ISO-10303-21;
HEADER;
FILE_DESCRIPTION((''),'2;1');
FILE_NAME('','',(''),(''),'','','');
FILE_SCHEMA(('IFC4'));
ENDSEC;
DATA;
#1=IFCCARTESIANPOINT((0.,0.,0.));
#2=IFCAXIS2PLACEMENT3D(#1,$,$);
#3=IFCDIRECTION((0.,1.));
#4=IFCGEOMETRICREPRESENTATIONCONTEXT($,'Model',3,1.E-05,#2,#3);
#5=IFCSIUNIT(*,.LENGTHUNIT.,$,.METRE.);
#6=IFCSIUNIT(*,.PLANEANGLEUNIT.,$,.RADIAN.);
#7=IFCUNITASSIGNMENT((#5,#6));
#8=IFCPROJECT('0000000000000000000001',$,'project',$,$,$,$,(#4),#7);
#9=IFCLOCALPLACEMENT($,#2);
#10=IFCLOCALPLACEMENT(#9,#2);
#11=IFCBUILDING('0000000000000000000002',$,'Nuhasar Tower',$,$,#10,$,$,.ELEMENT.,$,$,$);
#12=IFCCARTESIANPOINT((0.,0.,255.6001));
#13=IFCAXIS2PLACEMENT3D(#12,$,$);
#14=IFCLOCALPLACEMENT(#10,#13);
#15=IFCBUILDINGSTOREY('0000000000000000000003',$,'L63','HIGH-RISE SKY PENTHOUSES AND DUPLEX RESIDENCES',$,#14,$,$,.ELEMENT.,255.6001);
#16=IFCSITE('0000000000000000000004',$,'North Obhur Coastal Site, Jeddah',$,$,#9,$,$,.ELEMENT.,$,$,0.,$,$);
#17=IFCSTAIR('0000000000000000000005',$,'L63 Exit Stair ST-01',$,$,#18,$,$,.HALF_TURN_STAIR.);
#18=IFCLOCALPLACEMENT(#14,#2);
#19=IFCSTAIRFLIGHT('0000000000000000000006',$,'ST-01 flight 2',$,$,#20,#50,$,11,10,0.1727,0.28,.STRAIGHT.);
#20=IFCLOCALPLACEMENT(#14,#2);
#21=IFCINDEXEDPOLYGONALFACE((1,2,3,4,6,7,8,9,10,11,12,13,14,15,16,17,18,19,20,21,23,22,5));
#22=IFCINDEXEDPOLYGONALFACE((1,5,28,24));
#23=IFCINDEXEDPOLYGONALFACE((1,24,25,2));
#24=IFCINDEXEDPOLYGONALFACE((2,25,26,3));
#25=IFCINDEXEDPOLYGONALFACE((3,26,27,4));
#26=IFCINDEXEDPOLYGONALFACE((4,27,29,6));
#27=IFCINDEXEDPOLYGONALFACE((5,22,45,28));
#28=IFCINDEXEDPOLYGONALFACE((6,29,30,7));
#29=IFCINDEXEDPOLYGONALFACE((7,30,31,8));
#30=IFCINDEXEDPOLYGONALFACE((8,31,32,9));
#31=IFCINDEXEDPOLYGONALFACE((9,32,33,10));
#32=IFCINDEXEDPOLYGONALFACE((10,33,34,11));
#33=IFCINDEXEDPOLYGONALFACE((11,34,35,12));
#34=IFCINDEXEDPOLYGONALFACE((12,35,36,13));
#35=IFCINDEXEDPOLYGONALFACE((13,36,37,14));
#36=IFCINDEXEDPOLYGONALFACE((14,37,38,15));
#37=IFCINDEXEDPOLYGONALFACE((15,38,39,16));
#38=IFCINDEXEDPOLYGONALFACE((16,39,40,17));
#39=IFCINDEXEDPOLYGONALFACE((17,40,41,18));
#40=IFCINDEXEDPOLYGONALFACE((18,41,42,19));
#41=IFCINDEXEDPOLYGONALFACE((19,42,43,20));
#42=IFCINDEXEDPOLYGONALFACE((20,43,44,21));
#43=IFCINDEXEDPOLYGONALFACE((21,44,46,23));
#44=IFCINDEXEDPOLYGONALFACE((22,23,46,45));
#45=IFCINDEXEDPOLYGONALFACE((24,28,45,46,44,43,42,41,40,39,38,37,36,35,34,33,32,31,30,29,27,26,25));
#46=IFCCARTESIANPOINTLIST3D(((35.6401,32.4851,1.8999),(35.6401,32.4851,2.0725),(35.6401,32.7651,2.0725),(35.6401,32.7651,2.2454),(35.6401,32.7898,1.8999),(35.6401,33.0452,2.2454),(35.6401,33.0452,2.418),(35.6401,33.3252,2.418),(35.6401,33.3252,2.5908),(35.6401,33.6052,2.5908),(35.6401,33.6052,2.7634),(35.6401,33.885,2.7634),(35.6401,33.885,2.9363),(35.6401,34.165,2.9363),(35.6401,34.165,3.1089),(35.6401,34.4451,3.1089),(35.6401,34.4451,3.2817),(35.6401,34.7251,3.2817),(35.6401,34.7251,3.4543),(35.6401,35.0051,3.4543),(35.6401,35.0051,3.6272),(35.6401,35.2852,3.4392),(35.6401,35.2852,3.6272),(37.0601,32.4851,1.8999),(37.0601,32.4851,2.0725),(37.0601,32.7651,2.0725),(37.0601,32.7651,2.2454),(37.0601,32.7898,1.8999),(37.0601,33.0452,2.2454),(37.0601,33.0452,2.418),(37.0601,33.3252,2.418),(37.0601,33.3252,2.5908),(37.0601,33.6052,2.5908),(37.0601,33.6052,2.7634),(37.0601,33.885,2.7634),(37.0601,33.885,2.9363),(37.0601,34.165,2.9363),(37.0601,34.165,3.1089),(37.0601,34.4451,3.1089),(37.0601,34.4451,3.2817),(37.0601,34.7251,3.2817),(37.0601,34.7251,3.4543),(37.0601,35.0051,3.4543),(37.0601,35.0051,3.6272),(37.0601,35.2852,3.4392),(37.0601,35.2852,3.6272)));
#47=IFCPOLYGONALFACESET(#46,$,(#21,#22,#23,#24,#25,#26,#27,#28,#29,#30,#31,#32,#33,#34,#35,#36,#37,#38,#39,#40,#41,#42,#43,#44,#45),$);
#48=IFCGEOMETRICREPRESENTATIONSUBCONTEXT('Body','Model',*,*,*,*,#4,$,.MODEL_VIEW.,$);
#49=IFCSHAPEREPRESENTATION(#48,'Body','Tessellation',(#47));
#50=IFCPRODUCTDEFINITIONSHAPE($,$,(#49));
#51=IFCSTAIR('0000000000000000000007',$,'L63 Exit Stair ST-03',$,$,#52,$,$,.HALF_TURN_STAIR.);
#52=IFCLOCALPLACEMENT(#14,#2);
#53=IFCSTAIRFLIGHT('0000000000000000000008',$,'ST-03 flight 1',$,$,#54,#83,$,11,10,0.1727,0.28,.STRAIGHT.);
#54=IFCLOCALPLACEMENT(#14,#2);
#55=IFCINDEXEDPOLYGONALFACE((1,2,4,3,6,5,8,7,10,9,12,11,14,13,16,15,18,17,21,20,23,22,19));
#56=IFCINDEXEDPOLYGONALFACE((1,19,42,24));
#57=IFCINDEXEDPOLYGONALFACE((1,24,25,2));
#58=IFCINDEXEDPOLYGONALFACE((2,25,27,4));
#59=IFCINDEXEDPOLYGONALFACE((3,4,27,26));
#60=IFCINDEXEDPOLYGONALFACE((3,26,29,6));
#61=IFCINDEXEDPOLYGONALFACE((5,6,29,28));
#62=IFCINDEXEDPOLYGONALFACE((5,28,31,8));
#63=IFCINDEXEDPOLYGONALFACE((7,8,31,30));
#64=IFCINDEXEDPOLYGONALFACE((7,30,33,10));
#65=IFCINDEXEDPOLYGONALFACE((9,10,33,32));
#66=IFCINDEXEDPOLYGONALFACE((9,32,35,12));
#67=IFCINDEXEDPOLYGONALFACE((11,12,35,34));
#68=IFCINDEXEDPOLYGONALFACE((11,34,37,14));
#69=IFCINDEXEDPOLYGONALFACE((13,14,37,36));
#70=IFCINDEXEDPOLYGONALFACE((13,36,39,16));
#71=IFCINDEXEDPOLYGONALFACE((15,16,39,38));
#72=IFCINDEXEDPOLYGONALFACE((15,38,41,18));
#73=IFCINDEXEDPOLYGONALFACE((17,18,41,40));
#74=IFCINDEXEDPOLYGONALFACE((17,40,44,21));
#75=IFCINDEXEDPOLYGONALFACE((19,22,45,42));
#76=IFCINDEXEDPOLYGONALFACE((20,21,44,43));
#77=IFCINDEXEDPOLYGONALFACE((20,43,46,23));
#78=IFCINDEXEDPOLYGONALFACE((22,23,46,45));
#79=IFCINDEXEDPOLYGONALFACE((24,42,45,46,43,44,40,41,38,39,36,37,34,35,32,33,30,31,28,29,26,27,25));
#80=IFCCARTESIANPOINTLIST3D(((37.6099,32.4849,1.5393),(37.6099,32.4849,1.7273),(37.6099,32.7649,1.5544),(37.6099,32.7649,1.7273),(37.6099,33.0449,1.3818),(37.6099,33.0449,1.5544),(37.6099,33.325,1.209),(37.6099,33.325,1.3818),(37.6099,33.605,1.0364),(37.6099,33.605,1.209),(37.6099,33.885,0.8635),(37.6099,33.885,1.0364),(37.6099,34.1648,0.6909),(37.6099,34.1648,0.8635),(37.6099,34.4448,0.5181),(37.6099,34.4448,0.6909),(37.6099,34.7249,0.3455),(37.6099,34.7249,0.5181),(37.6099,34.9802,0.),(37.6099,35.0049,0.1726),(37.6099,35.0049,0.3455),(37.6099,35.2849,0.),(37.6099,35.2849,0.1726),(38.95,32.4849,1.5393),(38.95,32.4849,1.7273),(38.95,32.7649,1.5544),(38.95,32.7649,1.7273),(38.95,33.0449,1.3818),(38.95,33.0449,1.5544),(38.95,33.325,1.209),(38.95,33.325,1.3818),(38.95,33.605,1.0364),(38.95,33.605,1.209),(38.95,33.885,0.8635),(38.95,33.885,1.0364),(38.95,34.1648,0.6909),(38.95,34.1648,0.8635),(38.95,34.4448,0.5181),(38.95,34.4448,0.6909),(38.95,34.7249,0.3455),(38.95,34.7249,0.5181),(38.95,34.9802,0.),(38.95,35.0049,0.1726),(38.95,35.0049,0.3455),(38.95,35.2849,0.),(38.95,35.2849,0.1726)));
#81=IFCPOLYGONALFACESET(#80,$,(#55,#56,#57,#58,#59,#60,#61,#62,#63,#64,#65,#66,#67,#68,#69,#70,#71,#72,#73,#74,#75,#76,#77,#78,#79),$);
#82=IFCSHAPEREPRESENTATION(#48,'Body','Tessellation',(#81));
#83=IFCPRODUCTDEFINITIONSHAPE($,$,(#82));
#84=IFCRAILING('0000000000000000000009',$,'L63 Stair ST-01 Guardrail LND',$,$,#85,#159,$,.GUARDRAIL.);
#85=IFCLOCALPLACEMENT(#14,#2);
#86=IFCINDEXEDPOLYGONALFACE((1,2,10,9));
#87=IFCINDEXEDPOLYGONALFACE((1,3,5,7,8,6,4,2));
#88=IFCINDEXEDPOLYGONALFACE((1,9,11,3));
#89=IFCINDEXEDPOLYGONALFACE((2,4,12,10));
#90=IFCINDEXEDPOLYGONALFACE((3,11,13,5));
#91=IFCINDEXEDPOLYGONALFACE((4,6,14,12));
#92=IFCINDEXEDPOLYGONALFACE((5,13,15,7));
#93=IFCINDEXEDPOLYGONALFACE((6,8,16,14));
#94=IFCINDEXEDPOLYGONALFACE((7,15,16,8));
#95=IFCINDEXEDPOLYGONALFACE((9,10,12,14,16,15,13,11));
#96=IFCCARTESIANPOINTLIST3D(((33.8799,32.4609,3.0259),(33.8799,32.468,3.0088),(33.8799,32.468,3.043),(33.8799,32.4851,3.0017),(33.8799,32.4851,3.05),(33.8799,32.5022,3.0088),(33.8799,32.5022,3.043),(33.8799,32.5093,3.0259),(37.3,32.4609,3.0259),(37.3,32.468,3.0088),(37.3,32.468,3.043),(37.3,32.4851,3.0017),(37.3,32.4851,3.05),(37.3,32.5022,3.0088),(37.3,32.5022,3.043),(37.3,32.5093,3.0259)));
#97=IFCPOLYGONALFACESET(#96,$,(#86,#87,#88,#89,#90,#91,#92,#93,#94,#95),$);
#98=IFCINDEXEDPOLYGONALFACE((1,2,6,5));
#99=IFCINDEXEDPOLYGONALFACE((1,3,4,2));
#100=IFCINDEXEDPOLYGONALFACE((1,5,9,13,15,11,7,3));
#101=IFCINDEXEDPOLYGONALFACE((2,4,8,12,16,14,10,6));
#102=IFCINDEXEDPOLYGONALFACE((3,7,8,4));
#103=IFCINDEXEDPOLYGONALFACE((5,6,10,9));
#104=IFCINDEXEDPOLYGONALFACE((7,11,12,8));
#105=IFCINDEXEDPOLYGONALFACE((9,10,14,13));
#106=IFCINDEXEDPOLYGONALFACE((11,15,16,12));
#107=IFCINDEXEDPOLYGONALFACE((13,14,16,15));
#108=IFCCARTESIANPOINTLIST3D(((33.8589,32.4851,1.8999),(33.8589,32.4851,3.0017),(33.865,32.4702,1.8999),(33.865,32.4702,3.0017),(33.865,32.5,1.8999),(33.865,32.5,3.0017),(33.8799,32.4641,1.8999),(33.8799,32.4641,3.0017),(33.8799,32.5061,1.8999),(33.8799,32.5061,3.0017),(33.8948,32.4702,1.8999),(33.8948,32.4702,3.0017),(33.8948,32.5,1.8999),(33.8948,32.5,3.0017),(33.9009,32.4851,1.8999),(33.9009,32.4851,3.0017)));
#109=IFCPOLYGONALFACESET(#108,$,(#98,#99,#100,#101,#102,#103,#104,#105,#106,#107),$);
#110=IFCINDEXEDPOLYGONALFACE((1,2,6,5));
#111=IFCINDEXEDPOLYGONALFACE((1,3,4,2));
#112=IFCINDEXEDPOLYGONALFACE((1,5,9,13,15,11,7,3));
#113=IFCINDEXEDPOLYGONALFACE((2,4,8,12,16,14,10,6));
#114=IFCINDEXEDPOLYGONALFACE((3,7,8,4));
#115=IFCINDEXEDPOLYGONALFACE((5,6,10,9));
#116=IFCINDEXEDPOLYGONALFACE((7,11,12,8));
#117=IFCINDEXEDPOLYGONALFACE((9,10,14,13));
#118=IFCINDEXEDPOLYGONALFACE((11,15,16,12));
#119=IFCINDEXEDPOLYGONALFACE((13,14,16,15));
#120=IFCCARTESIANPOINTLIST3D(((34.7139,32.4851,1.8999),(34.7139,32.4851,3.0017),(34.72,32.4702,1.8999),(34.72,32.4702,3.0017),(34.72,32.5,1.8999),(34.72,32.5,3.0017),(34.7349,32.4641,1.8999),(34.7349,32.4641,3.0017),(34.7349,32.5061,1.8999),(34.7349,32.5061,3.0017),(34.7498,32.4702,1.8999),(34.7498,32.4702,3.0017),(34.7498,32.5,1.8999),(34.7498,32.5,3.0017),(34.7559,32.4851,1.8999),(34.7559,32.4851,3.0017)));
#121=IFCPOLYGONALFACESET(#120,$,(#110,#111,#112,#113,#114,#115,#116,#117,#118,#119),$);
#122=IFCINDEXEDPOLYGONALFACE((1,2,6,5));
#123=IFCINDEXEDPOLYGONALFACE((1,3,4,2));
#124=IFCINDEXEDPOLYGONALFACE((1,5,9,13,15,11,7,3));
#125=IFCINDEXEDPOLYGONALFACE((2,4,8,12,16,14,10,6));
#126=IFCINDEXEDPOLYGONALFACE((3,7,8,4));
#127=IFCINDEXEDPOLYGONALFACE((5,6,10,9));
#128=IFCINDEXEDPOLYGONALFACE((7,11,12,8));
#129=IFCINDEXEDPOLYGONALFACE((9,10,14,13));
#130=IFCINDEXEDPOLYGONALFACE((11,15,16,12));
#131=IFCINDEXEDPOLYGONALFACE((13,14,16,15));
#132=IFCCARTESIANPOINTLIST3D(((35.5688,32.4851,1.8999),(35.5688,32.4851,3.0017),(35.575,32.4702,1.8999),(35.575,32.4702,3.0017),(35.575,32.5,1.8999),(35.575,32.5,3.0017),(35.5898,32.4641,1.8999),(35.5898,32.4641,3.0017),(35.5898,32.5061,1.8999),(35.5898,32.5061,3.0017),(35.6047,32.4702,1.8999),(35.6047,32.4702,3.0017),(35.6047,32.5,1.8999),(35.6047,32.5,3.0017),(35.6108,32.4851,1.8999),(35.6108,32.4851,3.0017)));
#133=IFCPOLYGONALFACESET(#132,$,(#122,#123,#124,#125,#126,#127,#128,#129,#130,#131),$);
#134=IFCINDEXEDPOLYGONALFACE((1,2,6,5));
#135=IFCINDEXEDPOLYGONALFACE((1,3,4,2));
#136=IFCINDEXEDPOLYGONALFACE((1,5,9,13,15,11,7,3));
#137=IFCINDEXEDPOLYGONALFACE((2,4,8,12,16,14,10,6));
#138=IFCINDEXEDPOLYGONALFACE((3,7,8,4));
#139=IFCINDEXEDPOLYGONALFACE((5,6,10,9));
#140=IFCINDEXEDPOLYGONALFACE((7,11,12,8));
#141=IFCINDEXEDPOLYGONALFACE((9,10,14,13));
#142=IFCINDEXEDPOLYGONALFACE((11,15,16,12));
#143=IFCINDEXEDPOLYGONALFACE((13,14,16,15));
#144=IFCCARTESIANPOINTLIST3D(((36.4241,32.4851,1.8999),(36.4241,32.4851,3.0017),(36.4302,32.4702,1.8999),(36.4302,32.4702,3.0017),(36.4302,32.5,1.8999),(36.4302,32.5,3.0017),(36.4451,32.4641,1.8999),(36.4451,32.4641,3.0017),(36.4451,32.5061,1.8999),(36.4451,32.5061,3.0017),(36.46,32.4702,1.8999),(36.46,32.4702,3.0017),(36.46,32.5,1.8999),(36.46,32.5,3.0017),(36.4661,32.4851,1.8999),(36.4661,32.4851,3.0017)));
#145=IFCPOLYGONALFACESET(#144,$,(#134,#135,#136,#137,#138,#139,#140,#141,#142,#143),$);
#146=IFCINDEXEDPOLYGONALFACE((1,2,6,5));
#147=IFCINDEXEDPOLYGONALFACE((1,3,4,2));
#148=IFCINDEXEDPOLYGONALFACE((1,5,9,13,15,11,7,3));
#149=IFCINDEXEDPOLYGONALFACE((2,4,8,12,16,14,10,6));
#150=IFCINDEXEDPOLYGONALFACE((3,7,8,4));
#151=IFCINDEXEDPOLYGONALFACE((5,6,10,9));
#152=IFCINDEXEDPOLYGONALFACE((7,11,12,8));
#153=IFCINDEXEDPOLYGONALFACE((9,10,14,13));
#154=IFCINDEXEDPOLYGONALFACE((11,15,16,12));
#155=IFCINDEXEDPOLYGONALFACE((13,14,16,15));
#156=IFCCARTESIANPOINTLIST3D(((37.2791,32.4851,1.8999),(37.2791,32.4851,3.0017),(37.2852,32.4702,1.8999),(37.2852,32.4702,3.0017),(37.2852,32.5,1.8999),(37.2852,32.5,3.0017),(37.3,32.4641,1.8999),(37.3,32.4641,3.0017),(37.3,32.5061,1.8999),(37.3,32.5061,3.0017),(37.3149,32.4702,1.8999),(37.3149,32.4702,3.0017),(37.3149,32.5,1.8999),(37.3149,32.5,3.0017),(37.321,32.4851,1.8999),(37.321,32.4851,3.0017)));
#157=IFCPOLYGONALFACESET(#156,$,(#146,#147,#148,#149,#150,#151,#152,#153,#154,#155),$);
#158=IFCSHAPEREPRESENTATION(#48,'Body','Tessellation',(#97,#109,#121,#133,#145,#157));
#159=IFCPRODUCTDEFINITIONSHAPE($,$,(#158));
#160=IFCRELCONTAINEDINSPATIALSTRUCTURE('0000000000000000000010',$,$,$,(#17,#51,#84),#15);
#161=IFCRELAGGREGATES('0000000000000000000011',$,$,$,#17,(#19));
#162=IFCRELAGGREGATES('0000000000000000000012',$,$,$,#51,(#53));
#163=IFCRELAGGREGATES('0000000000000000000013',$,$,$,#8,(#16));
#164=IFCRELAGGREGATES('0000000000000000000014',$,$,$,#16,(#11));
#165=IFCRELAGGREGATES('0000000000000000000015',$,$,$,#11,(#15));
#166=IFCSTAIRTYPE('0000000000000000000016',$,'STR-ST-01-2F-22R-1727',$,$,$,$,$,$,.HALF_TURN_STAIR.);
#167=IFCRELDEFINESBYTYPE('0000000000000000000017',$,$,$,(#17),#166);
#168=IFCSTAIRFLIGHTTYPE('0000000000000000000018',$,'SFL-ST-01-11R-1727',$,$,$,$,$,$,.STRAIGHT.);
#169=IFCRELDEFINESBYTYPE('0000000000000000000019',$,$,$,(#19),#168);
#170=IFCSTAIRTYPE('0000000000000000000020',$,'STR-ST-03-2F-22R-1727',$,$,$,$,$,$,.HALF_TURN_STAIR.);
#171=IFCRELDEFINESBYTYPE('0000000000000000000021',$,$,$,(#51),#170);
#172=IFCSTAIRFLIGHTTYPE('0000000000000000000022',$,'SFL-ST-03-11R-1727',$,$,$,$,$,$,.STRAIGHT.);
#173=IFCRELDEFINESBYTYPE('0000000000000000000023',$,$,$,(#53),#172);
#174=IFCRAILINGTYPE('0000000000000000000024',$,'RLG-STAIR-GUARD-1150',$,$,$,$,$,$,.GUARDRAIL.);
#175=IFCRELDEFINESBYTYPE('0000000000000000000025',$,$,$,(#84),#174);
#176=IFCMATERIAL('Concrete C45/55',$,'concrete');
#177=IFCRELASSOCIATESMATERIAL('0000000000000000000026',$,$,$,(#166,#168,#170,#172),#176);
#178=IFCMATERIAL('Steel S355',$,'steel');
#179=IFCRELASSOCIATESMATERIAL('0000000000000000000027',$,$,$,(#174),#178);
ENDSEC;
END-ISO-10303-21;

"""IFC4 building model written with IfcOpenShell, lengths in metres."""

from ifc_helpers import new_model, si_unit, direction, frame, origin, place, context, subcontext, project, spatial, polyline, outline, extrude, material, type_object, element, aggregate, save


model = new_model("IFC4")

# Units and contexts
model_context = context("Model", 3, precision=1e-05, world=origin(), true_north=direction((0.0, 1.0)))
body_context = subcontext(model_context, "Body", "Model", "MODEL_VIEW")
ifc_project = project(units=[si_unit("LENGTHUNIT", "METRE"), si_unit("PLANEANGLEUNIT", "RADIAN")], contexts=[model_context])

# Site, building, storey
site_placement = place(None, origin())
site = spatial("IfcSite", under=ifc_project, at=site_placement, Name="North Obhur Coastal Site, Jeddah", CompositionType="ELEMENT", RefElevation=0.0)
building_placement = place(site_placement, origin())
building = spatial("IfcBuilding", under=site, at=building_placement, Name="Nuhasar Tower", CompositionType="ELEMENT")
storey_placement = place(building_placement, frame((0.0, 0.0, 255.6001)))
storey = spatial("IfcBuildingStorey", under=building, at=storey_placement, Name="L63", Description="HIGH-RISE SKY PENTHOUSES AND DUPLEX RESIDENCES", CompositionType="ELEMENT", Elevation=255.6001)

# Shared definitions
ifc_material_1 = material(Name="Steel S355", Category="steel")

# Shared definitions
ifc_material_2 = material(Name="Concrete C45/55", Category="concrete")

# Stair, stair flight
stair_type_1 = type_object("IfcStairType", Name="STR-ST-01-2F-22R-1727", PredefinedType="HALF_TURN_STAIR", material=ifc_material_2)
stair_1_placement = place(storey_placement, origin())
stair_1 = element("IfcStair", 1, at=stair_1_placement, inside=storey, type_object=stair_type_1, Name="L63 Exit Stair ST-01", PredefinedType="HALF_TURN_STAIR")
stair_flight_type_1 = type_object("IfcStairFlightType", Name="SFL-ST-01-11R-1727", PredefinedType="STRAIGHT", material=ifc_material_2)
stair_flight_1_placement = place(storey_placement, frame((36.3501, 32.4851, 1.8999), z_axis=(0.0, 0.0, 1.0), x_axis=(0.0, 1.0, 0.0)))
stair_flight_1 = element("IfcStairFlight", 2, at=stair_flight_1_placement, type_object=stair_flight_type_1, Name="ST-01 flight 2", NumberOfRisers=11, NumberOfTreads=10, PredefinedType="STRAIGHT", RiserHeight=0.1727, TreadLength=0.28, context=body_context, shape_type="SweptSolid", body=[
    extrude(outline(polyline([(0.0, 0.0), (0.0, 0.1726), (0.28, 0.1726), (0.28, 0.3455), (0.5601, 0.3455), (0.5601, 0.5181), (0.8401, 0.5181), (0.8401, 0.6909), (1.1201, 0.6909), (1.1201, 0.8635), (1.3999, 0.8635), (1.3999, 1.0364), (1.6799, 1.0364), (1.6799, 1.209), (1.96, 1.209), (1.96, 1.3818), (2.24, 1.3818), (2.24, 1.5544), (2.52, 1.5544), (2.52, 1.7273), (2.8, 1.7273), (2.8, 1.8999), (2.8, 1.5393), (0.3047, 0.0), (0.0, 0.0)])), frame((0.0, 0.71, 0.0), z_axis=(0.0, -1.0, 0.0), x_axis=(1.0, 0.0, 0.0)), (0.0, 0.0, 1.0), 1.4199),
])
aggregate(stair_1, [stair_flight_1])

# Stair, stair flight
stair_type_2 = type_object("IfcStairType", Name="STR-ST-03-2F-22R-1727", PredefinedType="HALF_TURN_STAIR", material=ifc_material_2)
stair_2_placement = place(storey_placement, origin())
stair_2 = element("IfcStair", 3, at=stair_2_placement, inside=storey, type_object=stair_type_2, Name="L63 Exit Stair ST-03", PredefinedType="HALF_TURN_STAIR")
stair_flight_type_2 = type_object("IfcStairFlightType", Name="SFL-ST-03-11R-1727", PredefinedType="STRAIGHT", material=ifc_material_2)
stair_flight_2_placement = place(storey_placement, frame((38.28, 35.2849, 0.0), z_axis=(0.0, 0.0, 1.0), x_axis=(0.0, -1.0, 0.0)))
stair_flight_2 = element("IfcStairFlight", 4, at=stair_flight_2_placement, type_object=stair_flight_type_2, Name="ST-03 flight 1", NumberOfRisers=11, NumberOfTreads=10, PredefinedType="STRAIGHT", RiserHeight=0.1727, TreadLength=0.28, context=body_context, shape_type="SweptSolid", body=[
    extrude(outline(polyline([(0.0, 0.0), (0.0, 0.1726), (0.28, 0.1726), (0.28, 0.3455), (0.5601, 0.3455), (0.5601, 0.5181), (0.8401, 0.5181), (0.8401, 0.6909), (1.1201, 0.6909), (1.1201, 0.8635), (1.3999, 0.8635), (1.3999, 1.0364), (1.6799, 1.0364), (1.6799, 1.209), (1.96, 1.209), (1.96, 1.3818), (2.24, 1.3818), (2.24, 1.5544), (2.52, 1.5544), (2.52, 1.7273), (2.8, 1.7273), (2.8, 1.8999), (2.8, 1.5393), (0.3047, 0.0), (0.0, 0.0)])), frame((0.0, 0.6699, 0.0), z_axis=(0.0, -1.0, 0.0), x_axis=(1.0, 0.0, 0.0)), (0.0, 0.0, 1.0), 1.3401),
])
aggregate(stair_2, [stair_flight_2])

# Railing
railing_type_1 = type_object("IfcRailingType", Name="RLG-STAIR-GUARD-1150", PredefinedType="GUARDRAIL", material=ifc_material_1)
railing_1_placement = place(storey_placement, frame((33.8799, 32.4851, 1.8999)))
element("IfcRailing", 5, at=railing_1_placement, inside=storey, type_object=railing_type_1, Name="L63 Stair ST-01 Guardrail LND", PredefinedType="GUARDRAIL", context=body_context, shape_type="SweptSolid", body=[
    extrude(outline(polyline([(0.0242, 0.0), (0.0171, 0.0171), (0.0, 0.0242), (-0.0171, 0.0171), (-0.0242, 0.0), (-0.0171, -0.0171), (0.0, -0.0242), (0.0171, -0.0171), (0.0242, 0.0)])), frame((0.0, 0.0, 1.126), z_axis=(1.0, 0.0, 0.0), x_axis=(0.0, 1.0, 0.0)), (0.0, 0.0, 1.0), 3.4202),
    extrude(outline(polyline([(0.021, 0.0), (0.0149, 0.0149), (0.0, 0.021), (-0.0149, 0.0149), (-0.021, 0.0), (-0.0149, -0.0149), (0.0, -0.021), (0.0149, -0.0149), (0.021, 0.0)])), origin(), (0.0, 0.0, 1.0), 1.1018),
    extrude(outline(polyline([(0.021, 0.0), (0.0149, 0.0149), (0.0, 0.021), (-0.0149, 0.0149), (-0.021, 0.0), (-0.0149, -0.0149), (0.0, -0.021), (0.0149, -0.0149), (0.021, 0.0)])), frame((0.855, 0.0, 0.0)), (0.0, 0.0, 1.0), 1.1018),
    extrude(outline(polyline([(0.021, 0.0), (0.0149, 0.0149), (0.0, 0.021), (-0.0149, 0.0149), (-0.021, 0.0), (-0.0149, -0.0149), (0.0, -0.021), (0.0149, -0.0149), (0.021, 0.0)])), frame((1.71, 0.0, 0.0)), (0.0, 0.0, 1.0), 1.1018),
    extrude(outline(polyline([(0.021, 0.0), (0.0149, 0.0149), (0.0, 0.021), (-0.0149, 0.0149), (-0.021, 0.0), (-0.0149, -0.0149), (0.0, -0.021), (0.0149, -0.0149), (0.021, 0.0)])), frame((2.5652, 0.0, 0.0)), (0.0, 0.0, 1.0), 1.1018),
    extrude(outline(polyline([(0.021, 0.0), (0.0149, 0.0149), (0.0, 0.021), (-0.0149, 0.0149), (-0.021, 0.0), (-0.0149, -0.0149), (0.0, -0.021), (0.0149, -0.0149), (0.021, 0.0)])), frame((3.4202, 0.0, 0.0)), (0.0, 0.0, 1.0), 1.1018),
])

save(model, "model.ifc")
